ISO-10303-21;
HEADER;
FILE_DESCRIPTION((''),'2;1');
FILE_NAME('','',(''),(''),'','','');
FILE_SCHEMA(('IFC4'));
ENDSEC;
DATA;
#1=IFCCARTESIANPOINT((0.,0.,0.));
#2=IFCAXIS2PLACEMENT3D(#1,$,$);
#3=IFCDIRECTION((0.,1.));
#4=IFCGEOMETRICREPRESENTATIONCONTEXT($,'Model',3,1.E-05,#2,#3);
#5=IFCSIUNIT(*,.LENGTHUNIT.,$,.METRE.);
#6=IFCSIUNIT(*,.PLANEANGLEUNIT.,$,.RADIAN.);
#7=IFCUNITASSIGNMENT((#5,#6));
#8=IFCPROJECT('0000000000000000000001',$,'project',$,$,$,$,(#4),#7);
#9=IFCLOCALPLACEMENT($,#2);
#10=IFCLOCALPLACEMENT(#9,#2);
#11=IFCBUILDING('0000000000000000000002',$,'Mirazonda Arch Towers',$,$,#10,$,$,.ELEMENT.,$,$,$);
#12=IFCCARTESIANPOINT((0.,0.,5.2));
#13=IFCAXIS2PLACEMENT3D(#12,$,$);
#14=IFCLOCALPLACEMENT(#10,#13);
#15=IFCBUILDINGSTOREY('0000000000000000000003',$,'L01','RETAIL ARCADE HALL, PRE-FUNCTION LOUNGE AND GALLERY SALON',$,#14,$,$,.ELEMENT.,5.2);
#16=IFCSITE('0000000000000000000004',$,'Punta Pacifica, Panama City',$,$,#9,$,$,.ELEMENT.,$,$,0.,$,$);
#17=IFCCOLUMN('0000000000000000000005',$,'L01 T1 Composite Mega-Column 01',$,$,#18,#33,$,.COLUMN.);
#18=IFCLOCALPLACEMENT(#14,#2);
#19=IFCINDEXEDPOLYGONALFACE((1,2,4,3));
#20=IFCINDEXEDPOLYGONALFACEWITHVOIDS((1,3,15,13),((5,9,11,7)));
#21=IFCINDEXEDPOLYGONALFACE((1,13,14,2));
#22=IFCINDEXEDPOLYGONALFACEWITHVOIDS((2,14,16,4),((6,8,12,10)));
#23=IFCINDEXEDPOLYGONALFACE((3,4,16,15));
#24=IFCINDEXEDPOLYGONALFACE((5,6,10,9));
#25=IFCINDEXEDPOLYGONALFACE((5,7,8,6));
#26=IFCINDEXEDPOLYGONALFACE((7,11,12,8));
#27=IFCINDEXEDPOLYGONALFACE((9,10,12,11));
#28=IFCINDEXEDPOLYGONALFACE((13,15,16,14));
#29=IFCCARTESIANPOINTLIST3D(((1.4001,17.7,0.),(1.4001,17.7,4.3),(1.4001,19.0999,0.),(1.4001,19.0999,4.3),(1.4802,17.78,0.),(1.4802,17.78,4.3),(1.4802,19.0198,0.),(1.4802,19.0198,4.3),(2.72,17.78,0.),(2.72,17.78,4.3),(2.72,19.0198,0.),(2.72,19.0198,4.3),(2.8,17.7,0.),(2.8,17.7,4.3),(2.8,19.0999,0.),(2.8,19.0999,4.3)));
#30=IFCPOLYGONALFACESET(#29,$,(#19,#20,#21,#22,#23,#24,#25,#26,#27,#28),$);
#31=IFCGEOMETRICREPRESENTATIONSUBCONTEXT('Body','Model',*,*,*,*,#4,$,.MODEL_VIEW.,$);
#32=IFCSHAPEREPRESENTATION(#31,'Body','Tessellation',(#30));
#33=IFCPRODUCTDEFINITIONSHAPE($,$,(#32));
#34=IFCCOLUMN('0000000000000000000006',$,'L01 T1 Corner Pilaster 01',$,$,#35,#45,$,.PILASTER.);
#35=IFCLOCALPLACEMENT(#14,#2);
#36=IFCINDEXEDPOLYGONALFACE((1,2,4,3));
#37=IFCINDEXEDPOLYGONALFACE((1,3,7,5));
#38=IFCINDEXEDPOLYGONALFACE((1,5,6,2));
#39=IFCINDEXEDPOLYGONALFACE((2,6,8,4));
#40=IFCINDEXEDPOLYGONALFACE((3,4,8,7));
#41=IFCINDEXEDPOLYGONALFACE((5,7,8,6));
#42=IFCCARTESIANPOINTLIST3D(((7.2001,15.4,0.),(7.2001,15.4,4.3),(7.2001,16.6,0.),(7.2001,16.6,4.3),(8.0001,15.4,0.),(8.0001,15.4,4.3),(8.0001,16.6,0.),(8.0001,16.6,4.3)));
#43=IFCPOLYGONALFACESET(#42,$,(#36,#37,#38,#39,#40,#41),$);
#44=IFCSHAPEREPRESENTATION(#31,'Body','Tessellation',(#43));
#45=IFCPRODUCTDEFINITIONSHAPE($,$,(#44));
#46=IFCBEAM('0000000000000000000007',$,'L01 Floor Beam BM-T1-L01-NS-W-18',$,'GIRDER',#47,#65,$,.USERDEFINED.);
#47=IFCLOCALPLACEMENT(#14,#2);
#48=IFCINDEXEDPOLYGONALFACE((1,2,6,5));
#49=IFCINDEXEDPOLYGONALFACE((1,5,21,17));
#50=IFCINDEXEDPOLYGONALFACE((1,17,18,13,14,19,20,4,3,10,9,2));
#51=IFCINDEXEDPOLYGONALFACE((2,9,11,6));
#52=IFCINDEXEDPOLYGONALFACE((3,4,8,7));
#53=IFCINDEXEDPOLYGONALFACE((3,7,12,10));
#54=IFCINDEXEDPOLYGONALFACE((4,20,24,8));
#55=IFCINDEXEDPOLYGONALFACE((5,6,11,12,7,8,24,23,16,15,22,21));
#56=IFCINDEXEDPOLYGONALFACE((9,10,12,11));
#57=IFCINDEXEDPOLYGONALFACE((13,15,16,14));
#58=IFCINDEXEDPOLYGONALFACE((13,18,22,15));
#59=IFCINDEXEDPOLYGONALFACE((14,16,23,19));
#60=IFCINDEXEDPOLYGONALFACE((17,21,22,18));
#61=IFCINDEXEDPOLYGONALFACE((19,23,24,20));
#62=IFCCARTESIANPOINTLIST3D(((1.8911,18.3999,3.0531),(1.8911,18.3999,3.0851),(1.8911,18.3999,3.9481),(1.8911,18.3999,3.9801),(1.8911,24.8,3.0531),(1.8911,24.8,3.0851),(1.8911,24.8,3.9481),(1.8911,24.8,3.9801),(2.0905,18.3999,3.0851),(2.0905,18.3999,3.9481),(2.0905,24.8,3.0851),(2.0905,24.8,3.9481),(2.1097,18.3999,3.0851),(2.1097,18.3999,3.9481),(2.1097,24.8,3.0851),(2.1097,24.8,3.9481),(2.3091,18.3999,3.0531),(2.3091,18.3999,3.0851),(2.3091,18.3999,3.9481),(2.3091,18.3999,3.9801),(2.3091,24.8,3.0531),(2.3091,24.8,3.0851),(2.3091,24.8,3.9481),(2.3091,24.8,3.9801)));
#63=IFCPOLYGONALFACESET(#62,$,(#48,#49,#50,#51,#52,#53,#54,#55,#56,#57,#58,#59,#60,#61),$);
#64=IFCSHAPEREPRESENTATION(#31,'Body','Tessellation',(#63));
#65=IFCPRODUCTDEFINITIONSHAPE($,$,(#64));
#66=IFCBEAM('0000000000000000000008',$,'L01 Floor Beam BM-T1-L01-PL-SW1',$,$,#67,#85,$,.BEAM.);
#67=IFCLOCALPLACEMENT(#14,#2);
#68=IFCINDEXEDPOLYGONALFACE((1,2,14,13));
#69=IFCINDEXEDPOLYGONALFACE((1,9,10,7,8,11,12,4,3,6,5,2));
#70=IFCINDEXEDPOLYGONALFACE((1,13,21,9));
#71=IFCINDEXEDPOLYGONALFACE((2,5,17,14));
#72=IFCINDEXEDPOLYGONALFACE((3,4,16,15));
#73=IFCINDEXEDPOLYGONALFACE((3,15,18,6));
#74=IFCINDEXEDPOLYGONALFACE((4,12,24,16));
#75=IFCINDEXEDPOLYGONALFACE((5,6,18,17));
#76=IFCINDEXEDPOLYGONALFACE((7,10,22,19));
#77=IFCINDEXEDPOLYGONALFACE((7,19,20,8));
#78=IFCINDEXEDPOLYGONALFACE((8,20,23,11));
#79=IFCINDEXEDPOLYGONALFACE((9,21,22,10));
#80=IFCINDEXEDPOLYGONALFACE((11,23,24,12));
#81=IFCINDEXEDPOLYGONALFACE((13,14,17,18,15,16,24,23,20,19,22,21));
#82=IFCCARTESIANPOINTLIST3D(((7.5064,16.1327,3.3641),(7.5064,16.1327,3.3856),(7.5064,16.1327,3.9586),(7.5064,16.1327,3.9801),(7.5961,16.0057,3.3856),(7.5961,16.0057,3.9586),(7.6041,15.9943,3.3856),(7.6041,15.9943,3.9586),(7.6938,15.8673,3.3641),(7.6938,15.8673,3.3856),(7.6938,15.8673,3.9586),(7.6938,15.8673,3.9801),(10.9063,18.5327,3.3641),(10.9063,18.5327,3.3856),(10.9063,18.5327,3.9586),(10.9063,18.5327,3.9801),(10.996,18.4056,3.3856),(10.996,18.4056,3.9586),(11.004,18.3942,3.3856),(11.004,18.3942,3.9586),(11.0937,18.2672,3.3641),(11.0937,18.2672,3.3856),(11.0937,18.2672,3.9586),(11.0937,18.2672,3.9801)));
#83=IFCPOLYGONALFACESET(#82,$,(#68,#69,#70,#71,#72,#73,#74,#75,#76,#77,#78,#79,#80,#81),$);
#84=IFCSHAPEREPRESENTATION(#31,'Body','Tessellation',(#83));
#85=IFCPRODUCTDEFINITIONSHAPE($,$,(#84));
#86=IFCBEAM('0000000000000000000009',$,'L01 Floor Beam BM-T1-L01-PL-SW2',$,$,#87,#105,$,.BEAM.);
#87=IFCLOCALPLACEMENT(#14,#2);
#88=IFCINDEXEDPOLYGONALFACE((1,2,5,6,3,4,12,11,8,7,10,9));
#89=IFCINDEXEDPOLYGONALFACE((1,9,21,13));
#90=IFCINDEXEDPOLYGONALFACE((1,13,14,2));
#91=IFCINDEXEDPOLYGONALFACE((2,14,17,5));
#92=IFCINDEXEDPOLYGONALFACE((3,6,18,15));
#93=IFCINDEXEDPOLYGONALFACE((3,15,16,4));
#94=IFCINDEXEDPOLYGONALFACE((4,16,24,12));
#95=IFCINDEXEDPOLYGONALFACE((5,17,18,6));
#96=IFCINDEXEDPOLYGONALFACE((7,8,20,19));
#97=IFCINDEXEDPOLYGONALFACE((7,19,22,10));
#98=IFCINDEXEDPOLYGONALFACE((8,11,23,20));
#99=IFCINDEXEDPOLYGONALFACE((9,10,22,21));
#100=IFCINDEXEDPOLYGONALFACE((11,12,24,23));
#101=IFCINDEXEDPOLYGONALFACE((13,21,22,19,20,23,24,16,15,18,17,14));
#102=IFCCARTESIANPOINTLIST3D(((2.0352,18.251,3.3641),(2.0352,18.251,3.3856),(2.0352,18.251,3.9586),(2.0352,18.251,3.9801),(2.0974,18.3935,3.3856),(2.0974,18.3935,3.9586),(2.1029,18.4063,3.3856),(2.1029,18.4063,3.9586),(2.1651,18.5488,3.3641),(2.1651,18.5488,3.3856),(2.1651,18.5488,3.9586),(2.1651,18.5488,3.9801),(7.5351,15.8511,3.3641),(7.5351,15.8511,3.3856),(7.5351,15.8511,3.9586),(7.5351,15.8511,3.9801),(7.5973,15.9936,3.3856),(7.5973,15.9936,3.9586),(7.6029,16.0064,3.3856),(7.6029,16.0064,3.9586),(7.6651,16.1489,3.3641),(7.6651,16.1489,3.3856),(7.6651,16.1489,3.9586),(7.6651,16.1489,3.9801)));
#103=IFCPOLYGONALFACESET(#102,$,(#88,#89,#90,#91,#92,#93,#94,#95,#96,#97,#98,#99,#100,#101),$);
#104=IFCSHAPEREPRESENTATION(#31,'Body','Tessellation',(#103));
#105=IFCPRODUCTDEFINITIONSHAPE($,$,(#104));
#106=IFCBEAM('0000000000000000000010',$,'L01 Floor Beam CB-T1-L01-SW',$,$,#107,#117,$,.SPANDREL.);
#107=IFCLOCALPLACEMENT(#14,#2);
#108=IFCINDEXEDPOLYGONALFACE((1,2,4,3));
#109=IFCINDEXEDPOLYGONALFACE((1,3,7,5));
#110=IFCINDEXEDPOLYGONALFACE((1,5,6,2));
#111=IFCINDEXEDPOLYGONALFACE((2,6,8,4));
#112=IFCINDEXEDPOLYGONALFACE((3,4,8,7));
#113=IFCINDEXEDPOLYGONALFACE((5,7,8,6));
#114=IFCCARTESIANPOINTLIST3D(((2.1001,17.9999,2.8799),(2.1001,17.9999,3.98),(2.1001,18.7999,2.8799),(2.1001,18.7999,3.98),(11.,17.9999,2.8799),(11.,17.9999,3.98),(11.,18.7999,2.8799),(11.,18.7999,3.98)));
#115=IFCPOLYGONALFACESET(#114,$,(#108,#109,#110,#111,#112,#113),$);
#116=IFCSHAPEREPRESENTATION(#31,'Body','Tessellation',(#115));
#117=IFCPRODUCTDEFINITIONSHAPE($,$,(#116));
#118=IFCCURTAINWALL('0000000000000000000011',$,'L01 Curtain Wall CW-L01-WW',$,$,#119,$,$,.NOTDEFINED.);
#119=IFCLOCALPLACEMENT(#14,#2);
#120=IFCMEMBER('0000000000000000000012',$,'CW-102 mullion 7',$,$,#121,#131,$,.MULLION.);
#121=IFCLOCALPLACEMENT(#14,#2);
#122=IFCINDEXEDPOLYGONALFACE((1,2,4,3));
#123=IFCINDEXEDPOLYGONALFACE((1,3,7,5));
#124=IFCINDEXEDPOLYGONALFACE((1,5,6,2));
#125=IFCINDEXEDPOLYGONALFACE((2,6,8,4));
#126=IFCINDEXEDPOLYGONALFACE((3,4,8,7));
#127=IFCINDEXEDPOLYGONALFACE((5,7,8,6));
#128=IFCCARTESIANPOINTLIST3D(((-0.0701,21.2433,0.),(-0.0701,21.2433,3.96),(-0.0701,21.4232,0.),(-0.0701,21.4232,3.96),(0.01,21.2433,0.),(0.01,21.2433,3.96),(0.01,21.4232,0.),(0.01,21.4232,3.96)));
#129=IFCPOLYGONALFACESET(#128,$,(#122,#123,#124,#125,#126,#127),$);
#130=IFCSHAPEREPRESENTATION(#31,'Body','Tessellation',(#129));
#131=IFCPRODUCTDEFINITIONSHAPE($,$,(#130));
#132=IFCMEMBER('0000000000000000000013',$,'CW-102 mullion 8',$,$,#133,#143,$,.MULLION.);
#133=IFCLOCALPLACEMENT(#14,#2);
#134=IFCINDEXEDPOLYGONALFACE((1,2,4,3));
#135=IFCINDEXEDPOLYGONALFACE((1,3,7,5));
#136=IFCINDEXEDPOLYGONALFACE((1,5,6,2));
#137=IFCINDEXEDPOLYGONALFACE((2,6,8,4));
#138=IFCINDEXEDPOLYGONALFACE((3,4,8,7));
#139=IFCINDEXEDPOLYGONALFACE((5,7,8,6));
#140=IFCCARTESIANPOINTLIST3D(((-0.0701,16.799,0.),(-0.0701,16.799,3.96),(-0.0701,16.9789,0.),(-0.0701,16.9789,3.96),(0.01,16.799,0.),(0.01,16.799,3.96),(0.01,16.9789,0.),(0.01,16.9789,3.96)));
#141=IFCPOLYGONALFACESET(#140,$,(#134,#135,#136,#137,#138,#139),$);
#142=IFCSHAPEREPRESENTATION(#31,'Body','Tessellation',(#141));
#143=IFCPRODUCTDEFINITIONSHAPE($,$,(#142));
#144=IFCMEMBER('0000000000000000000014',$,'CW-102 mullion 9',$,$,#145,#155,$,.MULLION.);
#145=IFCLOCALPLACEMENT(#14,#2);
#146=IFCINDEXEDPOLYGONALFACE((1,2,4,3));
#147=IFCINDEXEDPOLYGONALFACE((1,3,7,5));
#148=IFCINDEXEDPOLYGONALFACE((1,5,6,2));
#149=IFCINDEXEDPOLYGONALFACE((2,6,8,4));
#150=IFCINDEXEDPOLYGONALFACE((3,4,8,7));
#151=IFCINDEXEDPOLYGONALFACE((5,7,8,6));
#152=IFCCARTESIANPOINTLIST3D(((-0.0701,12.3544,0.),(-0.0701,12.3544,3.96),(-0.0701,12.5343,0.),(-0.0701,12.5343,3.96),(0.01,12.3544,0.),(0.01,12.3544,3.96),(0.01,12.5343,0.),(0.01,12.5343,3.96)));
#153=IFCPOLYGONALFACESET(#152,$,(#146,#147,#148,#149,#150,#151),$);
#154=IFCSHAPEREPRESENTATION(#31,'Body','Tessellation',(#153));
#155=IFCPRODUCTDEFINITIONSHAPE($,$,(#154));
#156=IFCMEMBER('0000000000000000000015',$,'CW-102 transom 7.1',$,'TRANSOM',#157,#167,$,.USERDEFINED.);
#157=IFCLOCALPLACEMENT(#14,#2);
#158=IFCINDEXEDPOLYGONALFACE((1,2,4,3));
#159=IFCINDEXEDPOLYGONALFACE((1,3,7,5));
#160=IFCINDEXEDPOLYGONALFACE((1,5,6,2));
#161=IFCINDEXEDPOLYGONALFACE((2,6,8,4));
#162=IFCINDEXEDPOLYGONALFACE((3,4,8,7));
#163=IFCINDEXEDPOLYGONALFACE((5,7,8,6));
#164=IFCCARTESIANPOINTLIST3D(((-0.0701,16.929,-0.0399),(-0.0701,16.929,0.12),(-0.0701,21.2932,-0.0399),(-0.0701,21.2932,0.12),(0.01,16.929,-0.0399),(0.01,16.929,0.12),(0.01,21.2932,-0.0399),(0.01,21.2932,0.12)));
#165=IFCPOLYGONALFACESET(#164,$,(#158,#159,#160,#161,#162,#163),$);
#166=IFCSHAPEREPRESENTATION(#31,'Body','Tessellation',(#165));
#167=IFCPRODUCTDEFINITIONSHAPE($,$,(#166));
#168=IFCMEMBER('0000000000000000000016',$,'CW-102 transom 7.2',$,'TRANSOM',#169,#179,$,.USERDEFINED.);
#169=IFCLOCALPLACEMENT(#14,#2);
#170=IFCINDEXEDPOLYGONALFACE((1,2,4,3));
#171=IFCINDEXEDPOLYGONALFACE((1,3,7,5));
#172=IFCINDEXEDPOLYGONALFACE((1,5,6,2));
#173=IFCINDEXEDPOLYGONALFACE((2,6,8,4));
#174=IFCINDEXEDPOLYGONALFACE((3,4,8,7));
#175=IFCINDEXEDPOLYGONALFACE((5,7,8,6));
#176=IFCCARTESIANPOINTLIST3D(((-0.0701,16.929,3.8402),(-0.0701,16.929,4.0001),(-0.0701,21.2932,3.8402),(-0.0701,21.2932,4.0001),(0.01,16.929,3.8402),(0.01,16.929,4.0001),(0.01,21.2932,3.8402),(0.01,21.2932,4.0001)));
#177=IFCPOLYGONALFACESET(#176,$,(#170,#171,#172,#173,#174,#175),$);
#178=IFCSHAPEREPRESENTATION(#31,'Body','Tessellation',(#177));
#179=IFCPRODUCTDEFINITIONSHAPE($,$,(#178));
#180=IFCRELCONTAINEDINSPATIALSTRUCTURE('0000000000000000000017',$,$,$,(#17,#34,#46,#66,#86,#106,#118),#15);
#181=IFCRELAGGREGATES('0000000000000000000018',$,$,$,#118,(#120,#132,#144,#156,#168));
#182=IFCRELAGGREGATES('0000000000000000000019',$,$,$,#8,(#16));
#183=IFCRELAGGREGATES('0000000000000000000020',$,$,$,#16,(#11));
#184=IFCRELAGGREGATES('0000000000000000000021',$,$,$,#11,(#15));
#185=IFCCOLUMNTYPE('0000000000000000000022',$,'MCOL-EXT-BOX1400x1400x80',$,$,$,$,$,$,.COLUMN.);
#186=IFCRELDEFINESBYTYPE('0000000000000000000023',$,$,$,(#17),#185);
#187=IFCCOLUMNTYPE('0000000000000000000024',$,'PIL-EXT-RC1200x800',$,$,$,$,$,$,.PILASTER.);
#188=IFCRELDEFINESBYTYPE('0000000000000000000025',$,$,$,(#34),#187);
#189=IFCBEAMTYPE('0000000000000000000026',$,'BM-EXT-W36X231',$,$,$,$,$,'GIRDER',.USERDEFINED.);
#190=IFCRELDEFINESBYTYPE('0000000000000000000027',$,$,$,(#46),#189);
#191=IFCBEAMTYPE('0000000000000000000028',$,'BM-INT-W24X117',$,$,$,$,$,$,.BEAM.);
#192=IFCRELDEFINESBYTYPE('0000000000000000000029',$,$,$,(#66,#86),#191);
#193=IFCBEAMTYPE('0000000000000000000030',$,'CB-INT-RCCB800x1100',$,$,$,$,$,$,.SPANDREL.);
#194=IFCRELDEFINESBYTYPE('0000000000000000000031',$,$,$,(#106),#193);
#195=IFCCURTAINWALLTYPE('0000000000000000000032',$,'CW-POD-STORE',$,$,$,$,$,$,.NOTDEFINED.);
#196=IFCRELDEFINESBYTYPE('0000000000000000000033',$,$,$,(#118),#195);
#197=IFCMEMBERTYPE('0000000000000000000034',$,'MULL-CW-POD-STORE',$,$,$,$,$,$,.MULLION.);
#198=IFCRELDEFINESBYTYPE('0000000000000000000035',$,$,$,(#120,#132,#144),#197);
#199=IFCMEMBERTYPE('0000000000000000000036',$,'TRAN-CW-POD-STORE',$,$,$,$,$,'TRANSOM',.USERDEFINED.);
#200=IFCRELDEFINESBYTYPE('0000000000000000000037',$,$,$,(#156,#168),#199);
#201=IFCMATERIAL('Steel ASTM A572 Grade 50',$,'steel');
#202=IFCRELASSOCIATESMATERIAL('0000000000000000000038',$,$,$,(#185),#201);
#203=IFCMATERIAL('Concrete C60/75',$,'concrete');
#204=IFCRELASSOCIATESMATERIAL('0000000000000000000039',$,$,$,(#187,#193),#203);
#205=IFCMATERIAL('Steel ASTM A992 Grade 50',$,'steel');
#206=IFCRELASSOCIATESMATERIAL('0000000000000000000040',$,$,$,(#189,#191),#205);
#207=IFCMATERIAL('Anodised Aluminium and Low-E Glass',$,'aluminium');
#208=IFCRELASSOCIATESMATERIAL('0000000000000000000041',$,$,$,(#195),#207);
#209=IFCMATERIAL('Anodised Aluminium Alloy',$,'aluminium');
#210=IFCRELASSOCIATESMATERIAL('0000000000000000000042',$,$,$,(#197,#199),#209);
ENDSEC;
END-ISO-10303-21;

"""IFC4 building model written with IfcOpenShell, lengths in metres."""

from ifc_helpers import new_model, si_unit, direction, frame, origin, origin_2d, place, context, subcontext, project, spatial, rectangle, hollow_rectangle, i_section, extrude, material, material_profile, profile_set, type_object, element, aggregate, save


model = new_model("IFC4")

# Units and contexts
model_context = context("Model", 3, precision=1e-05, world=origin(), true_north=direction((0.0, 1.0)))
body_context = subcontext(model_context, "Body", "Model", "MODEL_VIEW")
ifc_project = project(units=[si_unit("LENGTHUNIT", "METRE"), si_unit("PLANEANGLEUNIT", "RADIAN")], contexts=[model_context])

# Site, building, storey
site_placement = place(None, origin())
site = spatial("IfcSite", under=ifc_project, at=site_placement, Name="Punta Pacifica, Panama City", CompositionType="ELEMENT", RefElevation=0.0)
building_placement = place(site_placement, origin())
building = spatial("IfcBuilding", under=site, at=building_placement, Name="Mirazonda Arch Towers", CompositionType="ELEMENT")
storey_placement = place(building_placement, frame((0.0, 0.0, 5.2)))
storey = spatial("IfcBuildingStorey", under=building, at=storey_placement, Name="L01", Description="RETAIL ARCADE HALL, PRE-FUNCTION LOUNGE AND GALLERY SALON", CompositionType="ELEMENT", Elevation=5.2)

# Columns
ifc_material_1 = material(Name="Steel ASTM A572 Grade 50", Category="steel")
ifc_material_profile_1 = material_profile(ifc_material_1, hollow_rectangle(XDim=1.3999, YDim=1.3999, WallThickness=0.0801, at=origin_2d()), Name="BOX1400x1400x80")
ifc_profile_set_1 = profile_set([ifc_material_profile_1], Name="Steel ASTM A572 Grade 50")
column_type_1 = type_object("IfcColumnType", Name="MCOL-EXT-BOX1400x1400x80", PredefinedType="COLUMN", material=ifc_profile_set_1)
column_1_placement = place(storey_placement, frame((2.1001, 18.3999, 0.0), z_axis=(0.0, 0.0, 1.0), x_axis=(1.0, 0.0, 0.0)))
element("IfcColumn", 1, at=column_1_placement, inside=storey, type_object=column_type_1, Name="L01 T1 Composite Mega-Column 01", PredefinedType="COLUMN", context=body_context, shape_type="SweptSolid", body=[
    extrude(hollow_rectangle(XDim=1.3999, YDim=1.3999, WallThickness=0.0801, at=origin_2d()), origin(), (0.0, 0.0, 1.0), 4.3),
])
ifc_material_2 = material(Name="Concrete C60/75", Category="concrete")
ifc_material_profile_2 = material_profile(ifc_material_2, rectangle(XDim=0.8, YDim=1.2, at=origin_2d()), Name="RC1200x800")
ifc_profile_set_2 = profile_set([ifc_material_profile_2], Name="Concrete C60/75")
column_type_2 = type_object("IfcColumnType", Name="PIL-EXT-RC1200x800", PredefinedType="PILASTER", material=ifc_profile_set_2)
column_2_placement = place(storey_placement, frame((7.6001, 16.0, 0.0), z_axis=(0.0, 0.0, 1.0), x_axis=(1.0, 0.0, 0.0)))
element("IfcColumn", 2, at=column_2_placement, inside=storey, type_object=column_type_2, Name="L01 T1 Corner Pilaster 01", PredefinedType="PILASTER", context=body_context, shape_type="SweptSolid", body=[
    extrude(rectangle(XDim=0.8, YDim=1.2, at=origin_2d()), origin(), (0.0, 0.0, 1.0), 4.3),
])

# Beams
ifc_material_3 = material(Name="Steel ASTM A992 Grade 50", Category="steel")
ifc_material_profile_3 = material_profile(ifc_material_3, i_section(OverallWidth=0.418, OverallDepth=0.927, WebThickness=0.0193, FlangeThickness=0.032, at=origin_2d()), Name="W36X231")
ifc_profile_set_3 = profile_set([ifc_material_profile_3], Name="Steel ASTM A992 Grade 50")
beam_type_1 = type_object("IfcBeamType", Name="BM-EXT-W36X231", ElementType="GIRDER", PredefinedType="USERDEFINED", material=ifc_profile_set_3)
beam_1_placement = place(storey_placement, frame((2.1001, 18.3999, 3.5166), z_axis=(0.0, 1.0, 0.0), x_axis=(-1.0, 0.0, 0.0)))
element("IfcBeam", 3, at=beam_1_placement, inside=storey, type_object=beam_type_1, Name="L01 Floor Beam BM-T1-L01-NS-W-18", ObjectType="GIRDER", PredefinedType="USERDEFINED", context=body_context, shape_type="SweptSolid", body=[
    extrude(i_section(OverallWidth=0.418, OverallDepth=0.927, WebThickness=0.0193, FlangeThickness=0.032, at=origin_2d()), origin(), (0.0, 0.0, 1.0), 6.4001),
])
ifc_material_profile_4 = material_profile(ifc_material_3, i_section(OverallWidth=0.325, OverallDepth=0.616, WebThickness=0.0139, FlangeThickness=0.0215, at=origin_2d()), Name="W24X117")
ifc_profile_set_4 = profile_set([ifc_material_profile_4], Name="Steel ASTM A992 Grade 50")
beam_type_2 = type_object("IfcBeamType", Name="BM-INT-W24X117", PredefinedType="BEAM", material=ifc_profile_set_4)
beam_2_placement = place(storey_placement, frame((7.6001, 16.0, 3.6721), z_axis=(0.816971, 0.576679, 0.0), x_axis=(-0.576679, 0.816971, 0.0)))
element("IfcBeam", 4, at=beam_2_placement, inside=storey, type_object=beam_type_2, Name="L01 Floor Beam BM-T1-L01-PL-SW1", PredefinedType="BEAM", context=body_context, shape_type="SweptSolid", body=[
    extrude(i_section(OverallWidth=0.325, OverallDepth=0.616, WebThickness=0.0139, FlangeThickness=0.0215, at=origin_2d()), origin(), (0.0, 0.0, 1.0), 4.1616),
])
beam_3_placement = place(storey_placement, frame((7.6001, 16.0, 3.6721), z_axis=(-0.916545, 0.399931, 0.0), x_axis=(-0.399931, -0.916545, 0.0)))
element("IfcBeam", 5, at=beam_3_placement, inside=storey, type_object=beam_type_2, Name="L01 Floor Beam BM-T1-L01-PL-SW2", PredefinedType="BEAM", context=body_context, shape_type="SweptSolid", body=[
    extrude(i_section(OverallWidth=0.325, OverallDepth=0.616, WebThickness=0.0139, FlangeThickness=0.0215, at=origin_2d()), origin(), (0.0, 0.0, 1.0), 6.0007),
])
ifc_material_profile_5 = material_profile(ifc_material_2, rectangle(XDim=0.8, YDim=1.1001, at=origin_2d()), Name="RCCB800x1100")
ifc_profile_set_5 = profile_set([ifc_material_profile_5], Name="Concrete C60/75")
beam_type_3 = type_object("IfcBeamType", Name="CB-INT-RCCB800x1100", PredefinedType="SPANDREL", material=ifc_profile_set_5)
beam_4_placement = place(storey_placement, frame((2.1001, 18.3999, 3.4299), z_axis=(1.0, 0.0, 0.0), x_axis=(0.0, 1.0, 0.0)))
element("IfcBeam", 6, at=beam_4_placement, inside=storey, type_object=beam_type_3, Name="L01 Floor Beam CB-T1-L01-SW", PredefinedType="SPANDREL", context=body_context, shape_type="SweptSolid", body=[
    extrude(rectangle(XDim=0.8, YDim=1.1001, at=origin_2d()), origin(), (0.0, 0.0, 1.0), 8.8999),
])

# Curtain wall, members
ifc_material_4 = material(Name="Anodised Aluminium and Low-E Glass", Category="aluminium")
curtain_wall_type = type_object("IfcCurtainWallType", Name="CW-POD-STORE", PredefinedType="NOTDEFINED", material=ifc_material_4)
curtain_wall_placement = place(storey_placement, origin())
curtain_wall = element("IfcCurtainWall", 7, at=curtain_wall_placement, inside=storey, type_object=curtain_wall_type, Name="L01 Curtain Wall CW-L01-WW", PredefinedType="NOTDEFINED")
ifc_material_5 = material(Name="Anodised Aluminium Alloy", Category="aluminium")
ifc_material_profile_6 = material_profile(ifc_material_5, rectangle(XDim=0.0801, YDim=0.1799, at=origin_2d()), Name="ALU-MULL-80x180")
ifc_profile_set_6 = profile_set([ifc_material_profile_6], Name="Anodised Aluminium Alloy")
member_type_1 = type_object("IfcMemberType", Name="MULL-CW-POD-STORE", PredefinedType="MULLION", material=ifc_profile_set_6)
member_1_placement = place(storey_placement, frame((-0.03, 21.3333, 0.0), z_axis=(0.0, 0.0, 1.0), x_axis=(1.0, 0.0, 0.0)))
member_1 = element("IfcMember", 8, at=member_1_placement, type_object=member_type_1, Name="CW-102 mullion 7", PredefinedType="MULLION", context=body_context, shape_type="SweptSolid", body=[
    extrude(rectangle(XDim=0.0801, YDim=0.1799, at=origin_2d()), origin(), (0.0, 0.0, 1.0), 3.96),
])
member_2_placement = place(storey_placement, frame((-0.03, 16.8889, 0.0), z_axis=(0.0, 0.0, 1.0), x_axis=(1.0, 0.0, 0.0)))
member_2 = element("IfcMember", 9, at=member_2_placement, type_object=member_type_1, Name="CW-102 mullion 8", PredefinedType="MULLION", context=body_context, shape_type="SweptSolid", body=[
    extrude(rectangle(XDim=0.0801, YDim=0.1799, at=origin_2d()), origin(), (0.0, 0.0, 1.0), 3.96),
])
member_3_placement = place(storey_placement, frame((-0.03, 12.4443, 0.0), z_axis=(0.0, 0.0, 1.0), x_axis=(1.0, 0.0, 0.0)))
member_3 = element("IfcMember", 10, at=member_3_placement, type_object=member_type_1, Name="CW-102 mullion 9", PredefinedType="MULLION", context=body_context, shape_type="SweptSolid", body=[
    extrude(rectangle(XDim=0.0801, YDim=0.1799, at=origin_2d()), origin(), (0.0, 0.0, 1.0), 3.96),
])
ifc_material_profile_7 = material_profile(ifc_material_5, rectangle(XDim=0.0801, YDim=0.1599, at=origin_2d()), Name="ALU-TRAN-80x160")
ifc_profile_set_7 = profile_set([ifc_material_profile_7], Name="Anodised Aluminium Alloy")
member_type_2 = type_object("IfcMemberType", Name="TRAN-CW-POD-STORE", ElementType="TRANSOM", PredefinedType="USERDEFINED", material=ifc_profile_set_7)
member_4_placement = place(storey_placement, frame((-0.03, 21.2932, 0.04), z_axis=(0.0, -1.0, 0.0), x_axis=(1.0, 0.0, 0.0)))
member_4 = element("IfcMember", 11, at=member_4_placement, type_object=member_type_2, Name="CW-102 transom 7.1", ObjectType="TRANSOM", PredefinedType="USERDEFINED", context=body_context, shape_type="SweptSolid", body=[
    extrude(rectangle(XDim=0.0801, YDim=0.1599, at=origin_2d()), origin(), (0.0, 0.0, 1.0), 4.3643),
])
member_5_placement = place(storey_placement, frame((-0.03, 21.2932, 3.9202), z_axis=(0.0, -1.0, 0.0), x_axis=(1.0, 0.0, 0.0)))
member_5 = element("IfcMember", 12, at=member_5_placement, type_object=member_type_2, Name="CW-102 transom 7.2", ObjectType="TRANSOM", PredefinedType="USERDEFINED", context=body_context, shape_type="SweptSolid", body=[
    extrude(rectangle(XDim=0.0801, YDim=0.1599, at=origin_2d()), origin(), (0.0, 0.0, 1.0), 4.3643),
])
aggregate(curtain_wall, [member_1, member_2, member_3, member_4, member_5])

save(model, "model.ifc")
